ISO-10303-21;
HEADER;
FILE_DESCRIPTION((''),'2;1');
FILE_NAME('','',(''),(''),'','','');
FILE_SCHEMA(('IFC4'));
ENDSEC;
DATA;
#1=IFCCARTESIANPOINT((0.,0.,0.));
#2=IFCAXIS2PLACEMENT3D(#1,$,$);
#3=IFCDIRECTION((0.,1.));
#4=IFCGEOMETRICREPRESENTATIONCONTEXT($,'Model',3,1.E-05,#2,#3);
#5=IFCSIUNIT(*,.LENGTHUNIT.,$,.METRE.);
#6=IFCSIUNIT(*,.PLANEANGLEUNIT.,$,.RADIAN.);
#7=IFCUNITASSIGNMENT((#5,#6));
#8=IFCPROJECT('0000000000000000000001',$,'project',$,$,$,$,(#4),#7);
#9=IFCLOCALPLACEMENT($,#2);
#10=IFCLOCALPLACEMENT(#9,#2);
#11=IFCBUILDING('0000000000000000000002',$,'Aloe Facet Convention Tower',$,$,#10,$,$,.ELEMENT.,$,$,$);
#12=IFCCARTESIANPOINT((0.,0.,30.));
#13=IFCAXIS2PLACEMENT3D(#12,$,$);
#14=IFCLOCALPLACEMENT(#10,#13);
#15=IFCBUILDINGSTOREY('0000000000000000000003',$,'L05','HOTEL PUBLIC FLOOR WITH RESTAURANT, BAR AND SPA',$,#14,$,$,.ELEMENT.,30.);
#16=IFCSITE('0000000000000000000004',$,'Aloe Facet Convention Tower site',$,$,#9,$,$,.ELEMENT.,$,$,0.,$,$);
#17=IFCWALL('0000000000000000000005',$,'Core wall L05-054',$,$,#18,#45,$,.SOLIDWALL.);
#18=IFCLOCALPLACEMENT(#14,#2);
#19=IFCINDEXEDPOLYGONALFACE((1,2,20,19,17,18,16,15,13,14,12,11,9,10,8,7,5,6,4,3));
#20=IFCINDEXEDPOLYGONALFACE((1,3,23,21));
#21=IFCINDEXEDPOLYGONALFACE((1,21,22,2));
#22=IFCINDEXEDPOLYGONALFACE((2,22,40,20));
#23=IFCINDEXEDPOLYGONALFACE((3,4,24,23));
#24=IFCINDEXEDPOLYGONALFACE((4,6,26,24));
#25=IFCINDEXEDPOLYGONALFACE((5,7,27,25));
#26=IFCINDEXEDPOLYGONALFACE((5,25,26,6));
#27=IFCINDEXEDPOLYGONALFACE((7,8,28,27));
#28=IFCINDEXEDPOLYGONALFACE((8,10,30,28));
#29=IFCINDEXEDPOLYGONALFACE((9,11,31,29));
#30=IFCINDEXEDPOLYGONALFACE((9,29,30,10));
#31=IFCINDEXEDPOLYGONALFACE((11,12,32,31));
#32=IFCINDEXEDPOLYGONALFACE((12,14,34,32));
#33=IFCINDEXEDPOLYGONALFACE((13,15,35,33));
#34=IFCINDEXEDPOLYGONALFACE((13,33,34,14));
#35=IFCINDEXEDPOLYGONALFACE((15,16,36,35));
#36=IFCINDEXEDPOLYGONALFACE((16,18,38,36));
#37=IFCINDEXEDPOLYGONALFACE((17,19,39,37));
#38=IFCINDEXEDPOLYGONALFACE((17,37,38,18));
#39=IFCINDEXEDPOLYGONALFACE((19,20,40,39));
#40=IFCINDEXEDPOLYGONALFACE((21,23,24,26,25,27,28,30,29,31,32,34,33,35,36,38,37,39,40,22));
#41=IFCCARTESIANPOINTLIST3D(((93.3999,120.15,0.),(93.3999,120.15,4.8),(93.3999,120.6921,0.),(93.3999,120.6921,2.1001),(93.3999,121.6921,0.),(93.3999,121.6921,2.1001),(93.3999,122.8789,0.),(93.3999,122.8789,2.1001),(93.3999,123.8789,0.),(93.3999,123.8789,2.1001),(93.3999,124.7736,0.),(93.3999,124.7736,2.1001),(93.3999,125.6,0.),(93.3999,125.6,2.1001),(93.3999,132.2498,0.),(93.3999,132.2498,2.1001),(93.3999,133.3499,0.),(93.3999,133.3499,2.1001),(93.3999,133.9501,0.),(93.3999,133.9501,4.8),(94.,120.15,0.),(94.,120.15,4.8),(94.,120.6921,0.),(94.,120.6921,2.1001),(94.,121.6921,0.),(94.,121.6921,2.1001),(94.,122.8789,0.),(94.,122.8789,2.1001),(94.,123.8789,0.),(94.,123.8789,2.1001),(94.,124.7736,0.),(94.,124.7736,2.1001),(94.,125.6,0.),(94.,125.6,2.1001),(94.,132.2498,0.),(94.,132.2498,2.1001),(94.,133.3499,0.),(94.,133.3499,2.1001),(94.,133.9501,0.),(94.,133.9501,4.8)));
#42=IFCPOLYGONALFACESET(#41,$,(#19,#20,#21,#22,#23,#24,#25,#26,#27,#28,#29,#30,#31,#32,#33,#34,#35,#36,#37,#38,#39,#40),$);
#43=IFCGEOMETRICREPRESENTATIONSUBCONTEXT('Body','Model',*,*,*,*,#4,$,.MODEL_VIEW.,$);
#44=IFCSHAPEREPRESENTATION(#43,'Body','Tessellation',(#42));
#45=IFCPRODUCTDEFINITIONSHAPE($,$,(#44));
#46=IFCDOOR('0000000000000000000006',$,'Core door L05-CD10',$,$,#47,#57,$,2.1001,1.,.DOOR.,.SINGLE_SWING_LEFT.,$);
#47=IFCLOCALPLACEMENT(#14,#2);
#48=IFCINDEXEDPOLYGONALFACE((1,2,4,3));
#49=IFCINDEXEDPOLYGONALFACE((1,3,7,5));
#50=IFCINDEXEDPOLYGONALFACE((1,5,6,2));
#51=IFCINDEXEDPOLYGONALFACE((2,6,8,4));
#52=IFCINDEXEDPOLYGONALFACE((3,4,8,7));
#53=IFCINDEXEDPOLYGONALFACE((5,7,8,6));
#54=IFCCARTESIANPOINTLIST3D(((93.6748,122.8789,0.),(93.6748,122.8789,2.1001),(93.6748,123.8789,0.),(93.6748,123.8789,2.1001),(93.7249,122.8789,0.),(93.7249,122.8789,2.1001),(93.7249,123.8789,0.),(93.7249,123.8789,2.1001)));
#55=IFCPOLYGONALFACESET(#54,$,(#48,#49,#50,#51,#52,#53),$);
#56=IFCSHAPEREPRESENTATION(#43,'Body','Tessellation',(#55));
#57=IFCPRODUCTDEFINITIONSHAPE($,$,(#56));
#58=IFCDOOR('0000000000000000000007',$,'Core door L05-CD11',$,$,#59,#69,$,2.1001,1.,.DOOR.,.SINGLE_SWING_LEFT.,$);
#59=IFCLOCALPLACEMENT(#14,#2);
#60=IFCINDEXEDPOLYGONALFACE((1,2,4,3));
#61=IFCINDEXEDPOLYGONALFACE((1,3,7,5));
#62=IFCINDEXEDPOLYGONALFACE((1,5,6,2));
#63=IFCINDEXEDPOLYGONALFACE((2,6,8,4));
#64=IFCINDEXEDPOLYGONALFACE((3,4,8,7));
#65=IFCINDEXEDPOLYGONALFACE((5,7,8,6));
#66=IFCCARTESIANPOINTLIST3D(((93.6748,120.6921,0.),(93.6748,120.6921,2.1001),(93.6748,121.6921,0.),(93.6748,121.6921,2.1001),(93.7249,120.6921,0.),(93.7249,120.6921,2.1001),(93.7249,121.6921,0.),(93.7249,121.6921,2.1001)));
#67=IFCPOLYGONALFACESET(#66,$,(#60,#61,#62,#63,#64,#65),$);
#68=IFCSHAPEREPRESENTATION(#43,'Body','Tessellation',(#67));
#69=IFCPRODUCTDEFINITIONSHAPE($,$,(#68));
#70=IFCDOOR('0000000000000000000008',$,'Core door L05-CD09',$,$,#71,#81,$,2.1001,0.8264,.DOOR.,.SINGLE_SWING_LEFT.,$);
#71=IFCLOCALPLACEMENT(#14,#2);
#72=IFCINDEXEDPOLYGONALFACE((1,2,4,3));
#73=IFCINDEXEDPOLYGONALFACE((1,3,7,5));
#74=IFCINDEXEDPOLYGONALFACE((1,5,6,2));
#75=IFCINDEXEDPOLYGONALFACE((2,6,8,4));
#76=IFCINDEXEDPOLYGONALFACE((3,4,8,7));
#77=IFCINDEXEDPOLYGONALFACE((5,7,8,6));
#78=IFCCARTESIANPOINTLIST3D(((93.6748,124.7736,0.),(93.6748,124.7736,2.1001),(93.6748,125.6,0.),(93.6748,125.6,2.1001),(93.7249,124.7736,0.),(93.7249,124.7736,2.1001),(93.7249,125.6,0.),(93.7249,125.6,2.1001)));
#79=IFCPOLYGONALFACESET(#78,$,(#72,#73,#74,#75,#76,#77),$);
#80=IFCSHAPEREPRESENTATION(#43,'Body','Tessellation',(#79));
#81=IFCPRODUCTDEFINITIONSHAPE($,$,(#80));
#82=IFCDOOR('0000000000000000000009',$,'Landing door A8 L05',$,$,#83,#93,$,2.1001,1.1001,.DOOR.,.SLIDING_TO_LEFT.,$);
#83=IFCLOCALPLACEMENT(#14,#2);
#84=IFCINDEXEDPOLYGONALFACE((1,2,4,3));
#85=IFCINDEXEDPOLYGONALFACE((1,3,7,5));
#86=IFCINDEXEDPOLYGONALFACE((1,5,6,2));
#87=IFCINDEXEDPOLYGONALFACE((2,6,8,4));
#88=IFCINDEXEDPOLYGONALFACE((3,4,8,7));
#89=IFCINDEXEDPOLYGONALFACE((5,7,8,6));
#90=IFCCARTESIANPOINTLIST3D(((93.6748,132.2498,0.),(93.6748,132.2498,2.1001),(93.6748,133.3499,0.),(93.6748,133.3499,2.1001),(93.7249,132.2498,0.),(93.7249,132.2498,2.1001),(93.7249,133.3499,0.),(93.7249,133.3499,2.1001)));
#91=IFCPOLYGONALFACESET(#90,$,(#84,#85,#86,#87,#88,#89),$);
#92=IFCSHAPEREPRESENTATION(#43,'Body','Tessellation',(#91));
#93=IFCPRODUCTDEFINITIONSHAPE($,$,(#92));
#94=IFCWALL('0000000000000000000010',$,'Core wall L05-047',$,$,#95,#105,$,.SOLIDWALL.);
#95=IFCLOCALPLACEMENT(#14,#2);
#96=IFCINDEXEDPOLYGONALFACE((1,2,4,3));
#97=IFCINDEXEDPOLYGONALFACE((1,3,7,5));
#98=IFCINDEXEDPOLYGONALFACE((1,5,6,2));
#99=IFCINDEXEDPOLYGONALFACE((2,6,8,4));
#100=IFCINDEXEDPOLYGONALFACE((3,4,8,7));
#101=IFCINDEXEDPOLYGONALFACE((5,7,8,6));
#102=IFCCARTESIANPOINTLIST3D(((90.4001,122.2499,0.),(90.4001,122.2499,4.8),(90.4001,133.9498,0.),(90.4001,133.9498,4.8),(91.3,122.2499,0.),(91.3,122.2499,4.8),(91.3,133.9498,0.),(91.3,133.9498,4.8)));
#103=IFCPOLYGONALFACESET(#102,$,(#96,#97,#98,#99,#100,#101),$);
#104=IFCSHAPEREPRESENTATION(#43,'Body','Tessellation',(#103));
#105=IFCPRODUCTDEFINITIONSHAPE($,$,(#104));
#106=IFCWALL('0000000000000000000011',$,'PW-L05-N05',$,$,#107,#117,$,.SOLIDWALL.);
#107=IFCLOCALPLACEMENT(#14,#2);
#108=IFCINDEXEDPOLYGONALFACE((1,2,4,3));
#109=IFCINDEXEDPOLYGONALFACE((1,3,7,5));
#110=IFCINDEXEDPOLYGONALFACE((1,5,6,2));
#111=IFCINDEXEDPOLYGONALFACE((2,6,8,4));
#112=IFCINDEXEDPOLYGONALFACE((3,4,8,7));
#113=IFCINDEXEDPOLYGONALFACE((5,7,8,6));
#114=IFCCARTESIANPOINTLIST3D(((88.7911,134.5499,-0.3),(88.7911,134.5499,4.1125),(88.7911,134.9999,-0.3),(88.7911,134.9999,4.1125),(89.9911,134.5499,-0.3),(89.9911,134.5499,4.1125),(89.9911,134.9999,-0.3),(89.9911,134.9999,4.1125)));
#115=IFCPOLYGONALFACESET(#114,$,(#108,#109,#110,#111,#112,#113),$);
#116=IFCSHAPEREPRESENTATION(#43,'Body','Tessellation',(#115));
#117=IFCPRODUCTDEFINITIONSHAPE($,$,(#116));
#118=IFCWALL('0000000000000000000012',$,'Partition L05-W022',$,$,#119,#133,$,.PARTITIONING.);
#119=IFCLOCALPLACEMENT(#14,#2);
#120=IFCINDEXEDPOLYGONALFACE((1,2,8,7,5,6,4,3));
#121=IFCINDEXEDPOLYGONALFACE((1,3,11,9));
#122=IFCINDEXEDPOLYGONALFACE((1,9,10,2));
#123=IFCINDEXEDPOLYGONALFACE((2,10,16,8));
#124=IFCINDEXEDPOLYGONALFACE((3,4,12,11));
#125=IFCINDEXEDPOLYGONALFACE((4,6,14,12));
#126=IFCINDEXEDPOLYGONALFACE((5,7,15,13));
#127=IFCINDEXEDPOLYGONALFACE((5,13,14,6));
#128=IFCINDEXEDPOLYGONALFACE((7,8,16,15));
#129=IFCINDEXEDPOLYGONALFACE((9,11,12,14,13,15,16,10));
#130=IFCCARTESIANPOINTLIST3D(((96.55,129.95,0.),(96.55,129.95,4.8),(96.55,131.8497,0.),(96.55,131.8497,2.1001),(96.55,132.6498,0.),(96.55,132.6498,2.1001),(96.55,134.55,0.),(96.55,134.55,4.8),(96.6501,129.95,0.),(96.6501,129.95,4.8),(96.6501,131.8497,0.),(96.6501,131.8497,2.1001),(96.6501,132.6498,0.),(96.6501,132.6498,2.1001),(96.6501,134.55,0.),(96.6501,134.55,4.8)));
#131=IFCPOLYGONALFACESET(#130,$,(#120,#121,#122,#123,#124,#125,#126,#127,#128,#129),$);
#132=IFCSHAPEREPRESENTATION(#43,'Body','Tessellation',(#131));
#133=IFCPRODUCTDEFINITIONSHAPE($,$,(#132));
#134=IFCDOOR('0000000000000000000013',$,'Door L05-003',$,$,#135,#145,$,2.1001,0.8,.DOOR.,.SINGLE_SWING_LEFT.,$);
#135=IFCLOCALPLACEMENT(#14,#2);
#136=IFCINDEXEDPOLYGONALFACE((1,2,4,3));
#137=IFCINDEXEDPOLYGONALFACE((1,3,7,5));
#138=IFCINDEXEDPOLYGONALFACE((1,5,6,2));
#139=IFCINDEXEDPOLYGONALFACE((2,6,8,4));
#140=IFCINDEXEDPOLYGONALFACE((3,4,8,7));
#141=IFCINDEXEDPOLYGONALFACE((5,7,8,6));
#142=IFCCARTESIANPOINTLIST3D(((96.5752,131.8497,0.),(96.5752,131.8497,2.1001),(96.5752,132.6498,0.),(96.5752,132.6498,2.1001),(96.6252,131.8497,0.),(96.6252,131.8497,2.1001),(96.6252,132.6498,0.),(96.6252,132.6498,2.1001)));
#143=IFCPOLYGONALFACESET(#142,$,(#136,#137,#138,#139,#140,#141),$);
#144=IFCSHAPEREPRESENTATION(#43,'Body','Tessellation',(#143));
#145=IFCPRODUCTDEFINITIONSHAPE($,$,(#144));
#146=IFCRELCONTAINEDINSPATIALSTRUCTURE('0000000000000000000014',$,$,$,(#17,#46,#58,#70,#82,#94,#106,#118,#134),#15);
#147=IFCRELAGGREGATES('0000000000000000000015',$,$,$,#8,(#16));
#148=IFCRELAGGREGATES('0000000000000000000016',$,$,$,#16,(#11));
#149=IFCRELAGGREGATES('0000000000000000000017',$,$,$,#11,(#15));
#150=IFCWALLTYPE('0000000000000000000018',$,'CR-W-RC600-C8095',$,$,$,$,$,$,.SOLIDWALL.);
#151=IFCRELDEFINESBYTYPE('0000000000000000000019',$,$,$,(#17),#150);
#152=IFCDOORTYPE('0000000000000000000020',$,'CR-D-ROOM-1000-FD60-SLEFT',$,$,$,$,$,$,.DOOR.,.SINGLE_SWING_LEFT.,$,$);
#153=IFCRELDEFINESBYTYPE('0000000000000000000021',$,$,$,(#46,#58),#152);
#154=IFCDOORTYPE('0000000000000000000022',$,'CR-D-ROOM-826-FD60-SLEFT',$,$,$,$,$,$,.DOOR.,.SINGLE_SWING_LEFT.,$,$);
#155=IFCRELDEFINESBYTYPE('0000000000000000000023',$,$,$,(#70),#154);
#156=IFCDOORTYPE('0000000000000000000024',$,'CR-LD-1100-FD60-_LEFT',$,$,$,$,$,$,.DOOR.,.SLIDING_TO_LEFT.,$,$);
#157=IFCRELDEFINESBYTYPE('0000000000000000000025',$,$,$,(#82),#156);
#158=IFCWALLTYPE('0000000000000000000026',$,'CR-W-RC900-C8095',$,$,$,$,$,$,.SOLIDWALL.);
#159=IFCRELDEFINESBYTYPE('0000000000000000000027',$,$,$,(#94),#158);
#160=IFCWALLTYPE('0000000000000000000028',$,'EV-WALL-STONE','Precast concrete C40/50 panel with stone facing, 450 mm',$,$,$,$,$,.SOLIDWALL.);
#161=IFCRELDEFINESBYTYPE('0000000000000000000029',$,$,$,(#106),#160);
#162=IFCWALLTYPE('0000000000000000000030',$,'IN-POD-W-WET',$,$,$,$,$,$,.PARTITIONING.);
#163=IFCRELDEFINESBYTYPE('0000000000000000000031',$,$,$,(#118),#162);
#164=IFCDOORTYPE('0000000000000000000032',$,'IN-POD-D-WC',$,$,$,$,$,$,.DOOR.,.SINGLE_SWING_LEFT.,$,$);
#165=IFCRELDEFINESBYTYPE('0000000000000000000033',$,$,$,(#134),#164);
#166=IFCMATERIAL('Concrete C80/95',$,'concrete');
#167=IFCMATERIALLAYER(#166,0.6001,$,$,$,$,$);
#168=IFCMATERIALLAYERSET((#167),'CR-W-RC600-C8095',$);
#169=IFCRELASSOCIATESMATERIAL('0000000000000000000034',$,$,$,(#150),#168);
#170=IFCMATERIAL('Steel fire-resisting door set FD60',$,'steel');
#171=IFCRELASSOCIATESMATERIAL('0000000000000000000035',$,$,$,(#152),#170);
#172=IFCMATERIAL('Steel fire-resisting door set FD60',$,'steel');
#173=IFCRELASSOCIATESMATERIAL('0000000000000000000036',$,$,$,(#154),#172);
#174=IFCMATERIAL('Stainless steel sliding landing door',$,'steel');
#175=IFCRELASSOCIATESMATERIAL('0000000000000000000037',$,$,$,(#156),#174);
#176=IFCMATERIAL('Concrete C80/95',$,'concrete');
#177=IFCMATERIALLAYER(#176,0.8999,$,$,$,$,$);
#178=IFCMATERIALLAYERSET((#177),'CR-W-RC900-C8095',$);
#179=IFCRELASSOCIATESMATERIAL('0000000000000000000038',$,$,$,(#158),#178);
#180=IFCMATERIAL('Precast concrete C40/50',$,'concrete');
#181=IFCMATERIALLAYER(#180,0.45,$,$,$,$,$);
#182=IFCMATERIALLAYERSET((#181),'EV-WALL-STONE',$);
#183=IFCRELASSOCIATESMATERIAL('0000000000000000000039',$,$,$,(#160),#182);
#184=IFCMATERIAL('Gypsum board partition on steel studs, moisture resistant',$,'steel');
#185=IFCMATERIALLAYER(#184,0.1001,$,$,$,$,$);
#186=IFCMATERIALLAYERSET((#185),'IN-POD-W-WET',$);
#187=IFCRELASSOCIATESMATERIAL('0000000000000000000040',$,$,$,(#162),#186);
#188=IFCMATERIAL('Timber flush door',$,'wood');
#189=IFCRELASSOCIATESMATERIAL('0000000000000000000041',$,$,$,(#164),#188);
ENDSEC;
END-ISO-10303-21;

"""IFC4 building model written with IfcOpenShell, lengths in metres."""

from ifc_helpers import new_model, si_unit, direction, frame, frame_2d, origin, place, context, subcontext, project, spatial, rectangle, extrude, material, layer, layer_set, type_object, element, fill, save


model = new_model("IFC4")

# Units and contexts
model_context = context("Model", 3, precision=1e-05, world=origin(), true_north=direction((0.0, 1.0)))
body_context = subcontext(model_context, "Body", "Model", "MODEL_VIEW")
ifc_project = project(units=[si_unit("LENGTHUNIT", "METRE"), si_unit("PLANEANGLEUNIT", "RADIAN")], contexts=[model_context])

# Site, building, storey
site_placement = place(None, origin())
site = spatial("IfcSite", under=ifc_project, at=site_placement, Name="Aloe Facet Convention Tower site", CompositionType="ELEMENT", RefElevation=0.0)
building_placement = place(site_placement, origin())
building = spatial("IfcBuilding", under=site, at=building_placement, Name="Aloe Facet Convention Tower", CompositionType="ELEMENT")
storey_placement = place(building_placement, frame((0.0, 0.0, 30.0)))
storey = spatial("IfcBuildingStorey", under=building, at=storey_placement, Name="L05", Description="HOTEL PUBLIC FLOOR WITH RESTAURANT, BAR AND SPA", CompositionType="ELEMENT", Elevation=30.0)

# Wall, openings, doors
ifc_material_1 = material(Name="Concrete C80/95", Category="concrete")
ifc_layer_1 = layer(ifc_material_1, 0.6001)
ifc_layer_set_1 = layer_set([ifc_layer_1], Name="CR-W-RC600-C8095")
wall_type_1 = type_object("IfcWallType", Name="CR-W-RC600-C8095", PredefinedType="SOLIDWALL", material=ifc_layer_set_1)
wall_1_placement = place(storey_placement, frame((93.7, 133.95, 0.0), z_axis=(0.0, 0.0, 1.0), x_axis=(0.0, -1.0, 0.0)))
wall_1 = element("IfcWall", 1, at=wall_1_placement, inside=storey, type_object=wall_type_1, Name="Core wall L05-054", PredefinedType="SOLIDWALL", context=body_context, shape_type="SweptSolid", body=[
    extrude(rectangle(XDim=13.8, YDim=0.6001, at=frame_2d((6.8999, 0.0))), origin(), (0.0, 0.0, 1.0), 4.8),
])
opening_1_placement = place(wall_1_placement, frame((0.6001, 0.0, 0.0)))
opening_1 = element("IfcOpeningElement", 2, at=opening_1_placement, cuts=wall_1, PredefinedType="OPENING", context=body_context, shape_type="SweptSolid", body=[
    extrude(rectangle(XDim=1.1001, YDim=2.1001, at=frame_2d((0.55, 1.05))), frame((0.0, 0.3101, 0.0), z_axis=(0.0, -1.0, 0.0), x_axis=(1.0, 0.0, 0.0)), (0.0, 0.0, 1.0), 0.6201),
])
opening_2_placement = place(wall_1_placement, frame((8.3501, 0.0, 0.0)))
opening_2 = element("IfcOpeningElement", 3, at=opening_2_placement, cuts=wall_1, PredefinedType="OPENING", context=body_context, shape_type="SweptSolid", body=[
    extrude(rectangle(XDim=0.8264, YDim=2.1001, at=frame_2d((0.4131, 1.05))), frame((0.0, 0.3101, 0.0), z_axis=(0.0, -1.0, 0.0), x_axis=(1.0, 0.0, 0.0)), (0.0, 0.0, 1.0), 0.6201),
])
opening_3_placement = place(wall_1_placement, frame((10.071, 0.0, 0.0)))
opening_3 = element("IfcOpeningElement", 4, at=opening_3_placement, cuts=wall_1, PredefinedType="OPENING", context=body_context, shape_type="SweptSolid", body=[
    extrude(rectangle(XDim=1.0, YDim=2.1001, at=frame_2d((0.5, 1.05))), frame((0.0, 0.3101, 0.0), z_axis=(0.0, -1.0, 0.0), x_axis=(1.0, 0.0, 0.0)), (0.0, 0.0, 1.0), 0.6201),
])
opening_4_placement = place(wall_1_placement, frame((12.2578, 0.0, 0.0)))
opening_4 = element("IfcOpeningElement", 5, at=opening_4_placement, cuts=wall_1, PredefinedType="OPENING", context=body_context, shape_type="SweptSolid", body=[
    extrude(rectangle(XDim=1.0, YDim=2.1001, at=frame_2d((0.5, 1.05))), frame((0.0, 0.3101, 0.0), z_axis=(0.0, -1.0, 0.0), x_axis=(1.0, 0.0, 0.0)), (0.0, 0.0, 1.0), 0.6201),
])
ifc_material_2 = material(Name="Steel fire-resisting door set FD60", Category="steel")
door_type_1 = type_object("IfcDoorType", Name="CR-D-ROOM-1000-FD60-SLEFT", OperationType="SINGLE_SWING_LEFT", PredefinedType="DOOR", material=ifc_material_2)
door_1_placement = place(opening_3_placement, origin())
door_1 = element("IfcDoor", 6, at=door_1_placement, inside=storey, type_object=door_type_1, Name="Core door L05-CD10", OperationType="SINGLE_SWING_LEFT", OverallHeight=2.1001, OverallWidth=1.0, PredefinedType="DOOR", context=body_context, shape_type="SweptSolid", body=[
    extrude(rectangle(XDim=1.0, YDim=2.1001, at=frame_2d((0.5, 1.05))), frame((0.0, 0.0249, 0.0), z_axis=(0.0, -1.0, 0.0), x_axis=(1.0, 0.0, 0.0)), (0.0, 0.0, 1.0), 0.05),
])
fill(opening_3, door_1)
door_2_placement = place(opening_4_placement, origin())
door_2 = element("IfcDoor", 7, at=door_2_placement, inside=storey, type_object=door_type_1, Name="Core door L05-CD11", OperationType="SINGLE_SWING_LEFT", OverallHeight=2.1001, OverallWidth=1.0, PredefinedType="DOOR", context=body_context, shape_type="SweptSolid", body=[
    extrude(rectangle(XDim=1.0, YDim=2.1001, at=frame_2d((0.5, 1.05))), frame((0.0, 0.0249, 0.0), z_axis=(0.0, -1.0, 0.0), x_axis=(1.0, 0.0, 0.0)), (0.0, 0.0, 1.0), 0.05),
])
fill(opening_4, door_2)
ifc_material_3 = material(Name="Steel fire-resisting door set FD60", Category="steel")
door_type_2 = type_object("IfcDoorType", Name="CR-D-ROOM-826-FD60-SLEFT", OperationType="SINGLE_SWING_LEFT", PredefinedType="DOOR", material=ifc_material_3)
door_3_placement = place(opening_2_placement, origin())
door_3 = element("IfcDoor", 8, at=door_3_placement, inside=storey, type_object=door_type_2, Name="Core door L05-CD09", OperationType="SINGLE_SWING_LEFT", OverallHeight=2.1001, OverallWidth=0.8264, PredefinedType="DOOR", context=body_context, shape_type="SweptSolid", body=[
    extrude(rectangle(XDim=0.8264, YDim=2.1001, at=frame_2d((0.4131, 1.05))), frame((0.0, 0.0249, 0.0), z_axis=(0.0, -1.0, 0.0), x_axis=(1.0, 0.0, 0.0)), (0.0, 0.0, 1.0), 0.05),
])
fill(opening_2, door_3)
ifc_material_4 = material(Name="Stainless steel sliding landing door", Category="steel")
door_type_3 = type_object("IfcDoorType", Name="CR-LD-1100-FD60-_LEFT", OperationType="SLIDING_TO_LEFT", PredefinedType="DOOR", material=ifc_material_4)
door_4_placement = place(opening_1_placement, origin())
door_4 = element("IfcDoor", 9, at=door_4_placement, inside=storey, type_object=door_type_3, Name="Landing door A8 L05", OperationType="SLIDING_TO_LEFT", OverallHeight=2.1001, OverallWidth=1.1001, PredefinedType="DOOR", context=body_context, shape_type="SweptSolid", body=[
    extrude(rectangle(XDim=1.1001, YDim=2.1001, at=frame_2d((0.55, 1.05))), frame((0.0, 0.0249, 0.0), z_axis=(0.0, -1.0, 0.0), x_axis=(1.0, 0.0, 0.0)), (0.0, 0.0, 1.0), 0.05),
])
fill(opening_1, door_4)

# Walls
ifc_material_5 = material(Name="Concrete C80/95", Category="concrete")
ifc_layer_2 = layer(ifc_material_5, 0.8999)
ifc_layer_set_2 = layer_set([ifc_layer_2], Name="CR-W-RC900-C8095")
wall_type_2 = type_object("IfcWallType", Name="CR-W-RC900-C8095", PredefinedType="SOLIDWALL", material=ifc_layer_set_2)
wall_2_placement = place(storey_placement, frame((90.8501, 133.95, 0.0), z_axis=(0.0, 0.0, 1.0), x_axis=(0.0, -1.0, 0.0)))
element("IfcWall", 10, at=wall_2_placement, inside=storey, type_object=wall_type_2, Name="Core wall L05-047", PredefinedType="SOLIDWALL", context=body_context, shape_type="SweptSolid", body=[
    extrude(rectangle(XDim=11.7, YDim=0.8999, at=frame_2d((5.8501, 0.0))), origin(), (0.0, 0.0, 1.0), 4.8),
])
ifc_material_6 = material(Name="Precast concrete C40/50", Category="concrete")
ifc_layer_3 = layer(ifc_material_6, 0.45)
ifc_layer_set_3 = layer_set([ifc_layer_3], Name="EV-WALL-STONE")
wall_type_3 = type_object("IfcWallType", Name="EV-WALL-STONE", Description="Precast concrete C40/50 panel with stone facing, 450 mm", PredefinedType="SOLIDWALL", material=ifc_layer_set_3)
wall_3_placement = place(storey_placement, frame((89.9912, 134.7749, -0.3), z_axis=(0.0, 0.0, 1.0), x_axis=(-1.0, 0.0, 0.0)))
element("IfcWall", 11, at=wall_3_placement, inside=storey, type_object=wall_type_3, Name="PW-L05-N05", PredefinedType="SOLIDWALL", context=body_context, shape_type="SweptSolid", body=[
    extrude(rectangle(XDim=1.2, YDim=0.45, at=frame_2d((0.6001, 0.0))), origin(), (0.0, 0.0, 1.0), 4.4126),
])

# Wall, opening, door
ifc_material_7 = material(Name="Gypsum board partition on steel studs, moisture resistant", Category="steel")
ifc_layer_4 = layer(ifc_material_7, 0.1001)
ifc_layer_set_4 = layer_set([ifc_layer_4], Name="IN-POD-W-WET")
wall_type_4 = type_object("IfcWallType", Name="IN-POD-W-WET", PredefinedType="PARTITIONING", material=ifc_layer_set_4)
wall_4_placement = place(storey_placement, frame((96.6001, 129.95, 0.0), z_axis=(0.0, 0.0, 1.0), x_axis=(0.0, 1.0, 0.0)))
wall_4 = element("IfcWall", 12, at=wall_4_placement, inside=storey, type_object=wall_type_4, Name="Partition L05-W022", PredefinedType="PARTITIONING", context=body_context, shape_type="SweptSolid", body=[
    extrude(rectangle(XDim=4.6001, YDim=0.1001, at=frame_2d((2.3, 0.0))), origin(), (0.0, 0.0, 1.0), 4.8),
])
opening_5_placement = place(wall_4_placement, frame((1.8999, 0.0, 0.0)))
opening_5 = element("IfcOpeningElement", 13, at=opening_5_placement, cuts=wall_4, PredefinedType="OPENING", context=body_context, shape_type="SweptSolid", body=[
    extrude(rectangle(XDim=0.8, YDim=2.1001, at=frame_2d((0.3999, 1.05))), frame((0.0, 0.0601, 0.0), z_axis=(0.0, -1.0, 0.0), x_axis=(1.0, 0.0, 0.0)), (0.0, 0.0, 1.0), 0.1201),
])
ifc_material_8 = material(Name="Timber flush door", Category="wood")
door_type_4 = type_object("IfcDoorType", Name="IN-POD-D-WC", OperationType="SINGLE_SWING_LEFT", PredefinedType="DOOR", material=ifc_material_8)
door_5_placement = place(opening_5_placement, origin())
door_5 = element("IfcDoor", 14, at=door_5_placement, inside=storey, type_object=door_type_4, Name="Door L05-003", OperationType="SINGLE_SWING_LEFT", OverallHeight=2.1001, OverallWidth=0.8, PredefinedType="DOOR", context=body_context, shape_type="SweptSolid", body=[
    extrude(rectangle(XDim=0.8, YDim=2.1001, at=frame_2d((0.3999, 1.05))), frame((0.0, 0.0249, 0.0), z_axis=(0.0, -1.0, 0.0), x_axis=(1.0, 0.0, 0.0)), (0.0, 0.0, 1.0), 0.05),
])
fill(opening_5, door_5)

save(model, "model.ifc")
